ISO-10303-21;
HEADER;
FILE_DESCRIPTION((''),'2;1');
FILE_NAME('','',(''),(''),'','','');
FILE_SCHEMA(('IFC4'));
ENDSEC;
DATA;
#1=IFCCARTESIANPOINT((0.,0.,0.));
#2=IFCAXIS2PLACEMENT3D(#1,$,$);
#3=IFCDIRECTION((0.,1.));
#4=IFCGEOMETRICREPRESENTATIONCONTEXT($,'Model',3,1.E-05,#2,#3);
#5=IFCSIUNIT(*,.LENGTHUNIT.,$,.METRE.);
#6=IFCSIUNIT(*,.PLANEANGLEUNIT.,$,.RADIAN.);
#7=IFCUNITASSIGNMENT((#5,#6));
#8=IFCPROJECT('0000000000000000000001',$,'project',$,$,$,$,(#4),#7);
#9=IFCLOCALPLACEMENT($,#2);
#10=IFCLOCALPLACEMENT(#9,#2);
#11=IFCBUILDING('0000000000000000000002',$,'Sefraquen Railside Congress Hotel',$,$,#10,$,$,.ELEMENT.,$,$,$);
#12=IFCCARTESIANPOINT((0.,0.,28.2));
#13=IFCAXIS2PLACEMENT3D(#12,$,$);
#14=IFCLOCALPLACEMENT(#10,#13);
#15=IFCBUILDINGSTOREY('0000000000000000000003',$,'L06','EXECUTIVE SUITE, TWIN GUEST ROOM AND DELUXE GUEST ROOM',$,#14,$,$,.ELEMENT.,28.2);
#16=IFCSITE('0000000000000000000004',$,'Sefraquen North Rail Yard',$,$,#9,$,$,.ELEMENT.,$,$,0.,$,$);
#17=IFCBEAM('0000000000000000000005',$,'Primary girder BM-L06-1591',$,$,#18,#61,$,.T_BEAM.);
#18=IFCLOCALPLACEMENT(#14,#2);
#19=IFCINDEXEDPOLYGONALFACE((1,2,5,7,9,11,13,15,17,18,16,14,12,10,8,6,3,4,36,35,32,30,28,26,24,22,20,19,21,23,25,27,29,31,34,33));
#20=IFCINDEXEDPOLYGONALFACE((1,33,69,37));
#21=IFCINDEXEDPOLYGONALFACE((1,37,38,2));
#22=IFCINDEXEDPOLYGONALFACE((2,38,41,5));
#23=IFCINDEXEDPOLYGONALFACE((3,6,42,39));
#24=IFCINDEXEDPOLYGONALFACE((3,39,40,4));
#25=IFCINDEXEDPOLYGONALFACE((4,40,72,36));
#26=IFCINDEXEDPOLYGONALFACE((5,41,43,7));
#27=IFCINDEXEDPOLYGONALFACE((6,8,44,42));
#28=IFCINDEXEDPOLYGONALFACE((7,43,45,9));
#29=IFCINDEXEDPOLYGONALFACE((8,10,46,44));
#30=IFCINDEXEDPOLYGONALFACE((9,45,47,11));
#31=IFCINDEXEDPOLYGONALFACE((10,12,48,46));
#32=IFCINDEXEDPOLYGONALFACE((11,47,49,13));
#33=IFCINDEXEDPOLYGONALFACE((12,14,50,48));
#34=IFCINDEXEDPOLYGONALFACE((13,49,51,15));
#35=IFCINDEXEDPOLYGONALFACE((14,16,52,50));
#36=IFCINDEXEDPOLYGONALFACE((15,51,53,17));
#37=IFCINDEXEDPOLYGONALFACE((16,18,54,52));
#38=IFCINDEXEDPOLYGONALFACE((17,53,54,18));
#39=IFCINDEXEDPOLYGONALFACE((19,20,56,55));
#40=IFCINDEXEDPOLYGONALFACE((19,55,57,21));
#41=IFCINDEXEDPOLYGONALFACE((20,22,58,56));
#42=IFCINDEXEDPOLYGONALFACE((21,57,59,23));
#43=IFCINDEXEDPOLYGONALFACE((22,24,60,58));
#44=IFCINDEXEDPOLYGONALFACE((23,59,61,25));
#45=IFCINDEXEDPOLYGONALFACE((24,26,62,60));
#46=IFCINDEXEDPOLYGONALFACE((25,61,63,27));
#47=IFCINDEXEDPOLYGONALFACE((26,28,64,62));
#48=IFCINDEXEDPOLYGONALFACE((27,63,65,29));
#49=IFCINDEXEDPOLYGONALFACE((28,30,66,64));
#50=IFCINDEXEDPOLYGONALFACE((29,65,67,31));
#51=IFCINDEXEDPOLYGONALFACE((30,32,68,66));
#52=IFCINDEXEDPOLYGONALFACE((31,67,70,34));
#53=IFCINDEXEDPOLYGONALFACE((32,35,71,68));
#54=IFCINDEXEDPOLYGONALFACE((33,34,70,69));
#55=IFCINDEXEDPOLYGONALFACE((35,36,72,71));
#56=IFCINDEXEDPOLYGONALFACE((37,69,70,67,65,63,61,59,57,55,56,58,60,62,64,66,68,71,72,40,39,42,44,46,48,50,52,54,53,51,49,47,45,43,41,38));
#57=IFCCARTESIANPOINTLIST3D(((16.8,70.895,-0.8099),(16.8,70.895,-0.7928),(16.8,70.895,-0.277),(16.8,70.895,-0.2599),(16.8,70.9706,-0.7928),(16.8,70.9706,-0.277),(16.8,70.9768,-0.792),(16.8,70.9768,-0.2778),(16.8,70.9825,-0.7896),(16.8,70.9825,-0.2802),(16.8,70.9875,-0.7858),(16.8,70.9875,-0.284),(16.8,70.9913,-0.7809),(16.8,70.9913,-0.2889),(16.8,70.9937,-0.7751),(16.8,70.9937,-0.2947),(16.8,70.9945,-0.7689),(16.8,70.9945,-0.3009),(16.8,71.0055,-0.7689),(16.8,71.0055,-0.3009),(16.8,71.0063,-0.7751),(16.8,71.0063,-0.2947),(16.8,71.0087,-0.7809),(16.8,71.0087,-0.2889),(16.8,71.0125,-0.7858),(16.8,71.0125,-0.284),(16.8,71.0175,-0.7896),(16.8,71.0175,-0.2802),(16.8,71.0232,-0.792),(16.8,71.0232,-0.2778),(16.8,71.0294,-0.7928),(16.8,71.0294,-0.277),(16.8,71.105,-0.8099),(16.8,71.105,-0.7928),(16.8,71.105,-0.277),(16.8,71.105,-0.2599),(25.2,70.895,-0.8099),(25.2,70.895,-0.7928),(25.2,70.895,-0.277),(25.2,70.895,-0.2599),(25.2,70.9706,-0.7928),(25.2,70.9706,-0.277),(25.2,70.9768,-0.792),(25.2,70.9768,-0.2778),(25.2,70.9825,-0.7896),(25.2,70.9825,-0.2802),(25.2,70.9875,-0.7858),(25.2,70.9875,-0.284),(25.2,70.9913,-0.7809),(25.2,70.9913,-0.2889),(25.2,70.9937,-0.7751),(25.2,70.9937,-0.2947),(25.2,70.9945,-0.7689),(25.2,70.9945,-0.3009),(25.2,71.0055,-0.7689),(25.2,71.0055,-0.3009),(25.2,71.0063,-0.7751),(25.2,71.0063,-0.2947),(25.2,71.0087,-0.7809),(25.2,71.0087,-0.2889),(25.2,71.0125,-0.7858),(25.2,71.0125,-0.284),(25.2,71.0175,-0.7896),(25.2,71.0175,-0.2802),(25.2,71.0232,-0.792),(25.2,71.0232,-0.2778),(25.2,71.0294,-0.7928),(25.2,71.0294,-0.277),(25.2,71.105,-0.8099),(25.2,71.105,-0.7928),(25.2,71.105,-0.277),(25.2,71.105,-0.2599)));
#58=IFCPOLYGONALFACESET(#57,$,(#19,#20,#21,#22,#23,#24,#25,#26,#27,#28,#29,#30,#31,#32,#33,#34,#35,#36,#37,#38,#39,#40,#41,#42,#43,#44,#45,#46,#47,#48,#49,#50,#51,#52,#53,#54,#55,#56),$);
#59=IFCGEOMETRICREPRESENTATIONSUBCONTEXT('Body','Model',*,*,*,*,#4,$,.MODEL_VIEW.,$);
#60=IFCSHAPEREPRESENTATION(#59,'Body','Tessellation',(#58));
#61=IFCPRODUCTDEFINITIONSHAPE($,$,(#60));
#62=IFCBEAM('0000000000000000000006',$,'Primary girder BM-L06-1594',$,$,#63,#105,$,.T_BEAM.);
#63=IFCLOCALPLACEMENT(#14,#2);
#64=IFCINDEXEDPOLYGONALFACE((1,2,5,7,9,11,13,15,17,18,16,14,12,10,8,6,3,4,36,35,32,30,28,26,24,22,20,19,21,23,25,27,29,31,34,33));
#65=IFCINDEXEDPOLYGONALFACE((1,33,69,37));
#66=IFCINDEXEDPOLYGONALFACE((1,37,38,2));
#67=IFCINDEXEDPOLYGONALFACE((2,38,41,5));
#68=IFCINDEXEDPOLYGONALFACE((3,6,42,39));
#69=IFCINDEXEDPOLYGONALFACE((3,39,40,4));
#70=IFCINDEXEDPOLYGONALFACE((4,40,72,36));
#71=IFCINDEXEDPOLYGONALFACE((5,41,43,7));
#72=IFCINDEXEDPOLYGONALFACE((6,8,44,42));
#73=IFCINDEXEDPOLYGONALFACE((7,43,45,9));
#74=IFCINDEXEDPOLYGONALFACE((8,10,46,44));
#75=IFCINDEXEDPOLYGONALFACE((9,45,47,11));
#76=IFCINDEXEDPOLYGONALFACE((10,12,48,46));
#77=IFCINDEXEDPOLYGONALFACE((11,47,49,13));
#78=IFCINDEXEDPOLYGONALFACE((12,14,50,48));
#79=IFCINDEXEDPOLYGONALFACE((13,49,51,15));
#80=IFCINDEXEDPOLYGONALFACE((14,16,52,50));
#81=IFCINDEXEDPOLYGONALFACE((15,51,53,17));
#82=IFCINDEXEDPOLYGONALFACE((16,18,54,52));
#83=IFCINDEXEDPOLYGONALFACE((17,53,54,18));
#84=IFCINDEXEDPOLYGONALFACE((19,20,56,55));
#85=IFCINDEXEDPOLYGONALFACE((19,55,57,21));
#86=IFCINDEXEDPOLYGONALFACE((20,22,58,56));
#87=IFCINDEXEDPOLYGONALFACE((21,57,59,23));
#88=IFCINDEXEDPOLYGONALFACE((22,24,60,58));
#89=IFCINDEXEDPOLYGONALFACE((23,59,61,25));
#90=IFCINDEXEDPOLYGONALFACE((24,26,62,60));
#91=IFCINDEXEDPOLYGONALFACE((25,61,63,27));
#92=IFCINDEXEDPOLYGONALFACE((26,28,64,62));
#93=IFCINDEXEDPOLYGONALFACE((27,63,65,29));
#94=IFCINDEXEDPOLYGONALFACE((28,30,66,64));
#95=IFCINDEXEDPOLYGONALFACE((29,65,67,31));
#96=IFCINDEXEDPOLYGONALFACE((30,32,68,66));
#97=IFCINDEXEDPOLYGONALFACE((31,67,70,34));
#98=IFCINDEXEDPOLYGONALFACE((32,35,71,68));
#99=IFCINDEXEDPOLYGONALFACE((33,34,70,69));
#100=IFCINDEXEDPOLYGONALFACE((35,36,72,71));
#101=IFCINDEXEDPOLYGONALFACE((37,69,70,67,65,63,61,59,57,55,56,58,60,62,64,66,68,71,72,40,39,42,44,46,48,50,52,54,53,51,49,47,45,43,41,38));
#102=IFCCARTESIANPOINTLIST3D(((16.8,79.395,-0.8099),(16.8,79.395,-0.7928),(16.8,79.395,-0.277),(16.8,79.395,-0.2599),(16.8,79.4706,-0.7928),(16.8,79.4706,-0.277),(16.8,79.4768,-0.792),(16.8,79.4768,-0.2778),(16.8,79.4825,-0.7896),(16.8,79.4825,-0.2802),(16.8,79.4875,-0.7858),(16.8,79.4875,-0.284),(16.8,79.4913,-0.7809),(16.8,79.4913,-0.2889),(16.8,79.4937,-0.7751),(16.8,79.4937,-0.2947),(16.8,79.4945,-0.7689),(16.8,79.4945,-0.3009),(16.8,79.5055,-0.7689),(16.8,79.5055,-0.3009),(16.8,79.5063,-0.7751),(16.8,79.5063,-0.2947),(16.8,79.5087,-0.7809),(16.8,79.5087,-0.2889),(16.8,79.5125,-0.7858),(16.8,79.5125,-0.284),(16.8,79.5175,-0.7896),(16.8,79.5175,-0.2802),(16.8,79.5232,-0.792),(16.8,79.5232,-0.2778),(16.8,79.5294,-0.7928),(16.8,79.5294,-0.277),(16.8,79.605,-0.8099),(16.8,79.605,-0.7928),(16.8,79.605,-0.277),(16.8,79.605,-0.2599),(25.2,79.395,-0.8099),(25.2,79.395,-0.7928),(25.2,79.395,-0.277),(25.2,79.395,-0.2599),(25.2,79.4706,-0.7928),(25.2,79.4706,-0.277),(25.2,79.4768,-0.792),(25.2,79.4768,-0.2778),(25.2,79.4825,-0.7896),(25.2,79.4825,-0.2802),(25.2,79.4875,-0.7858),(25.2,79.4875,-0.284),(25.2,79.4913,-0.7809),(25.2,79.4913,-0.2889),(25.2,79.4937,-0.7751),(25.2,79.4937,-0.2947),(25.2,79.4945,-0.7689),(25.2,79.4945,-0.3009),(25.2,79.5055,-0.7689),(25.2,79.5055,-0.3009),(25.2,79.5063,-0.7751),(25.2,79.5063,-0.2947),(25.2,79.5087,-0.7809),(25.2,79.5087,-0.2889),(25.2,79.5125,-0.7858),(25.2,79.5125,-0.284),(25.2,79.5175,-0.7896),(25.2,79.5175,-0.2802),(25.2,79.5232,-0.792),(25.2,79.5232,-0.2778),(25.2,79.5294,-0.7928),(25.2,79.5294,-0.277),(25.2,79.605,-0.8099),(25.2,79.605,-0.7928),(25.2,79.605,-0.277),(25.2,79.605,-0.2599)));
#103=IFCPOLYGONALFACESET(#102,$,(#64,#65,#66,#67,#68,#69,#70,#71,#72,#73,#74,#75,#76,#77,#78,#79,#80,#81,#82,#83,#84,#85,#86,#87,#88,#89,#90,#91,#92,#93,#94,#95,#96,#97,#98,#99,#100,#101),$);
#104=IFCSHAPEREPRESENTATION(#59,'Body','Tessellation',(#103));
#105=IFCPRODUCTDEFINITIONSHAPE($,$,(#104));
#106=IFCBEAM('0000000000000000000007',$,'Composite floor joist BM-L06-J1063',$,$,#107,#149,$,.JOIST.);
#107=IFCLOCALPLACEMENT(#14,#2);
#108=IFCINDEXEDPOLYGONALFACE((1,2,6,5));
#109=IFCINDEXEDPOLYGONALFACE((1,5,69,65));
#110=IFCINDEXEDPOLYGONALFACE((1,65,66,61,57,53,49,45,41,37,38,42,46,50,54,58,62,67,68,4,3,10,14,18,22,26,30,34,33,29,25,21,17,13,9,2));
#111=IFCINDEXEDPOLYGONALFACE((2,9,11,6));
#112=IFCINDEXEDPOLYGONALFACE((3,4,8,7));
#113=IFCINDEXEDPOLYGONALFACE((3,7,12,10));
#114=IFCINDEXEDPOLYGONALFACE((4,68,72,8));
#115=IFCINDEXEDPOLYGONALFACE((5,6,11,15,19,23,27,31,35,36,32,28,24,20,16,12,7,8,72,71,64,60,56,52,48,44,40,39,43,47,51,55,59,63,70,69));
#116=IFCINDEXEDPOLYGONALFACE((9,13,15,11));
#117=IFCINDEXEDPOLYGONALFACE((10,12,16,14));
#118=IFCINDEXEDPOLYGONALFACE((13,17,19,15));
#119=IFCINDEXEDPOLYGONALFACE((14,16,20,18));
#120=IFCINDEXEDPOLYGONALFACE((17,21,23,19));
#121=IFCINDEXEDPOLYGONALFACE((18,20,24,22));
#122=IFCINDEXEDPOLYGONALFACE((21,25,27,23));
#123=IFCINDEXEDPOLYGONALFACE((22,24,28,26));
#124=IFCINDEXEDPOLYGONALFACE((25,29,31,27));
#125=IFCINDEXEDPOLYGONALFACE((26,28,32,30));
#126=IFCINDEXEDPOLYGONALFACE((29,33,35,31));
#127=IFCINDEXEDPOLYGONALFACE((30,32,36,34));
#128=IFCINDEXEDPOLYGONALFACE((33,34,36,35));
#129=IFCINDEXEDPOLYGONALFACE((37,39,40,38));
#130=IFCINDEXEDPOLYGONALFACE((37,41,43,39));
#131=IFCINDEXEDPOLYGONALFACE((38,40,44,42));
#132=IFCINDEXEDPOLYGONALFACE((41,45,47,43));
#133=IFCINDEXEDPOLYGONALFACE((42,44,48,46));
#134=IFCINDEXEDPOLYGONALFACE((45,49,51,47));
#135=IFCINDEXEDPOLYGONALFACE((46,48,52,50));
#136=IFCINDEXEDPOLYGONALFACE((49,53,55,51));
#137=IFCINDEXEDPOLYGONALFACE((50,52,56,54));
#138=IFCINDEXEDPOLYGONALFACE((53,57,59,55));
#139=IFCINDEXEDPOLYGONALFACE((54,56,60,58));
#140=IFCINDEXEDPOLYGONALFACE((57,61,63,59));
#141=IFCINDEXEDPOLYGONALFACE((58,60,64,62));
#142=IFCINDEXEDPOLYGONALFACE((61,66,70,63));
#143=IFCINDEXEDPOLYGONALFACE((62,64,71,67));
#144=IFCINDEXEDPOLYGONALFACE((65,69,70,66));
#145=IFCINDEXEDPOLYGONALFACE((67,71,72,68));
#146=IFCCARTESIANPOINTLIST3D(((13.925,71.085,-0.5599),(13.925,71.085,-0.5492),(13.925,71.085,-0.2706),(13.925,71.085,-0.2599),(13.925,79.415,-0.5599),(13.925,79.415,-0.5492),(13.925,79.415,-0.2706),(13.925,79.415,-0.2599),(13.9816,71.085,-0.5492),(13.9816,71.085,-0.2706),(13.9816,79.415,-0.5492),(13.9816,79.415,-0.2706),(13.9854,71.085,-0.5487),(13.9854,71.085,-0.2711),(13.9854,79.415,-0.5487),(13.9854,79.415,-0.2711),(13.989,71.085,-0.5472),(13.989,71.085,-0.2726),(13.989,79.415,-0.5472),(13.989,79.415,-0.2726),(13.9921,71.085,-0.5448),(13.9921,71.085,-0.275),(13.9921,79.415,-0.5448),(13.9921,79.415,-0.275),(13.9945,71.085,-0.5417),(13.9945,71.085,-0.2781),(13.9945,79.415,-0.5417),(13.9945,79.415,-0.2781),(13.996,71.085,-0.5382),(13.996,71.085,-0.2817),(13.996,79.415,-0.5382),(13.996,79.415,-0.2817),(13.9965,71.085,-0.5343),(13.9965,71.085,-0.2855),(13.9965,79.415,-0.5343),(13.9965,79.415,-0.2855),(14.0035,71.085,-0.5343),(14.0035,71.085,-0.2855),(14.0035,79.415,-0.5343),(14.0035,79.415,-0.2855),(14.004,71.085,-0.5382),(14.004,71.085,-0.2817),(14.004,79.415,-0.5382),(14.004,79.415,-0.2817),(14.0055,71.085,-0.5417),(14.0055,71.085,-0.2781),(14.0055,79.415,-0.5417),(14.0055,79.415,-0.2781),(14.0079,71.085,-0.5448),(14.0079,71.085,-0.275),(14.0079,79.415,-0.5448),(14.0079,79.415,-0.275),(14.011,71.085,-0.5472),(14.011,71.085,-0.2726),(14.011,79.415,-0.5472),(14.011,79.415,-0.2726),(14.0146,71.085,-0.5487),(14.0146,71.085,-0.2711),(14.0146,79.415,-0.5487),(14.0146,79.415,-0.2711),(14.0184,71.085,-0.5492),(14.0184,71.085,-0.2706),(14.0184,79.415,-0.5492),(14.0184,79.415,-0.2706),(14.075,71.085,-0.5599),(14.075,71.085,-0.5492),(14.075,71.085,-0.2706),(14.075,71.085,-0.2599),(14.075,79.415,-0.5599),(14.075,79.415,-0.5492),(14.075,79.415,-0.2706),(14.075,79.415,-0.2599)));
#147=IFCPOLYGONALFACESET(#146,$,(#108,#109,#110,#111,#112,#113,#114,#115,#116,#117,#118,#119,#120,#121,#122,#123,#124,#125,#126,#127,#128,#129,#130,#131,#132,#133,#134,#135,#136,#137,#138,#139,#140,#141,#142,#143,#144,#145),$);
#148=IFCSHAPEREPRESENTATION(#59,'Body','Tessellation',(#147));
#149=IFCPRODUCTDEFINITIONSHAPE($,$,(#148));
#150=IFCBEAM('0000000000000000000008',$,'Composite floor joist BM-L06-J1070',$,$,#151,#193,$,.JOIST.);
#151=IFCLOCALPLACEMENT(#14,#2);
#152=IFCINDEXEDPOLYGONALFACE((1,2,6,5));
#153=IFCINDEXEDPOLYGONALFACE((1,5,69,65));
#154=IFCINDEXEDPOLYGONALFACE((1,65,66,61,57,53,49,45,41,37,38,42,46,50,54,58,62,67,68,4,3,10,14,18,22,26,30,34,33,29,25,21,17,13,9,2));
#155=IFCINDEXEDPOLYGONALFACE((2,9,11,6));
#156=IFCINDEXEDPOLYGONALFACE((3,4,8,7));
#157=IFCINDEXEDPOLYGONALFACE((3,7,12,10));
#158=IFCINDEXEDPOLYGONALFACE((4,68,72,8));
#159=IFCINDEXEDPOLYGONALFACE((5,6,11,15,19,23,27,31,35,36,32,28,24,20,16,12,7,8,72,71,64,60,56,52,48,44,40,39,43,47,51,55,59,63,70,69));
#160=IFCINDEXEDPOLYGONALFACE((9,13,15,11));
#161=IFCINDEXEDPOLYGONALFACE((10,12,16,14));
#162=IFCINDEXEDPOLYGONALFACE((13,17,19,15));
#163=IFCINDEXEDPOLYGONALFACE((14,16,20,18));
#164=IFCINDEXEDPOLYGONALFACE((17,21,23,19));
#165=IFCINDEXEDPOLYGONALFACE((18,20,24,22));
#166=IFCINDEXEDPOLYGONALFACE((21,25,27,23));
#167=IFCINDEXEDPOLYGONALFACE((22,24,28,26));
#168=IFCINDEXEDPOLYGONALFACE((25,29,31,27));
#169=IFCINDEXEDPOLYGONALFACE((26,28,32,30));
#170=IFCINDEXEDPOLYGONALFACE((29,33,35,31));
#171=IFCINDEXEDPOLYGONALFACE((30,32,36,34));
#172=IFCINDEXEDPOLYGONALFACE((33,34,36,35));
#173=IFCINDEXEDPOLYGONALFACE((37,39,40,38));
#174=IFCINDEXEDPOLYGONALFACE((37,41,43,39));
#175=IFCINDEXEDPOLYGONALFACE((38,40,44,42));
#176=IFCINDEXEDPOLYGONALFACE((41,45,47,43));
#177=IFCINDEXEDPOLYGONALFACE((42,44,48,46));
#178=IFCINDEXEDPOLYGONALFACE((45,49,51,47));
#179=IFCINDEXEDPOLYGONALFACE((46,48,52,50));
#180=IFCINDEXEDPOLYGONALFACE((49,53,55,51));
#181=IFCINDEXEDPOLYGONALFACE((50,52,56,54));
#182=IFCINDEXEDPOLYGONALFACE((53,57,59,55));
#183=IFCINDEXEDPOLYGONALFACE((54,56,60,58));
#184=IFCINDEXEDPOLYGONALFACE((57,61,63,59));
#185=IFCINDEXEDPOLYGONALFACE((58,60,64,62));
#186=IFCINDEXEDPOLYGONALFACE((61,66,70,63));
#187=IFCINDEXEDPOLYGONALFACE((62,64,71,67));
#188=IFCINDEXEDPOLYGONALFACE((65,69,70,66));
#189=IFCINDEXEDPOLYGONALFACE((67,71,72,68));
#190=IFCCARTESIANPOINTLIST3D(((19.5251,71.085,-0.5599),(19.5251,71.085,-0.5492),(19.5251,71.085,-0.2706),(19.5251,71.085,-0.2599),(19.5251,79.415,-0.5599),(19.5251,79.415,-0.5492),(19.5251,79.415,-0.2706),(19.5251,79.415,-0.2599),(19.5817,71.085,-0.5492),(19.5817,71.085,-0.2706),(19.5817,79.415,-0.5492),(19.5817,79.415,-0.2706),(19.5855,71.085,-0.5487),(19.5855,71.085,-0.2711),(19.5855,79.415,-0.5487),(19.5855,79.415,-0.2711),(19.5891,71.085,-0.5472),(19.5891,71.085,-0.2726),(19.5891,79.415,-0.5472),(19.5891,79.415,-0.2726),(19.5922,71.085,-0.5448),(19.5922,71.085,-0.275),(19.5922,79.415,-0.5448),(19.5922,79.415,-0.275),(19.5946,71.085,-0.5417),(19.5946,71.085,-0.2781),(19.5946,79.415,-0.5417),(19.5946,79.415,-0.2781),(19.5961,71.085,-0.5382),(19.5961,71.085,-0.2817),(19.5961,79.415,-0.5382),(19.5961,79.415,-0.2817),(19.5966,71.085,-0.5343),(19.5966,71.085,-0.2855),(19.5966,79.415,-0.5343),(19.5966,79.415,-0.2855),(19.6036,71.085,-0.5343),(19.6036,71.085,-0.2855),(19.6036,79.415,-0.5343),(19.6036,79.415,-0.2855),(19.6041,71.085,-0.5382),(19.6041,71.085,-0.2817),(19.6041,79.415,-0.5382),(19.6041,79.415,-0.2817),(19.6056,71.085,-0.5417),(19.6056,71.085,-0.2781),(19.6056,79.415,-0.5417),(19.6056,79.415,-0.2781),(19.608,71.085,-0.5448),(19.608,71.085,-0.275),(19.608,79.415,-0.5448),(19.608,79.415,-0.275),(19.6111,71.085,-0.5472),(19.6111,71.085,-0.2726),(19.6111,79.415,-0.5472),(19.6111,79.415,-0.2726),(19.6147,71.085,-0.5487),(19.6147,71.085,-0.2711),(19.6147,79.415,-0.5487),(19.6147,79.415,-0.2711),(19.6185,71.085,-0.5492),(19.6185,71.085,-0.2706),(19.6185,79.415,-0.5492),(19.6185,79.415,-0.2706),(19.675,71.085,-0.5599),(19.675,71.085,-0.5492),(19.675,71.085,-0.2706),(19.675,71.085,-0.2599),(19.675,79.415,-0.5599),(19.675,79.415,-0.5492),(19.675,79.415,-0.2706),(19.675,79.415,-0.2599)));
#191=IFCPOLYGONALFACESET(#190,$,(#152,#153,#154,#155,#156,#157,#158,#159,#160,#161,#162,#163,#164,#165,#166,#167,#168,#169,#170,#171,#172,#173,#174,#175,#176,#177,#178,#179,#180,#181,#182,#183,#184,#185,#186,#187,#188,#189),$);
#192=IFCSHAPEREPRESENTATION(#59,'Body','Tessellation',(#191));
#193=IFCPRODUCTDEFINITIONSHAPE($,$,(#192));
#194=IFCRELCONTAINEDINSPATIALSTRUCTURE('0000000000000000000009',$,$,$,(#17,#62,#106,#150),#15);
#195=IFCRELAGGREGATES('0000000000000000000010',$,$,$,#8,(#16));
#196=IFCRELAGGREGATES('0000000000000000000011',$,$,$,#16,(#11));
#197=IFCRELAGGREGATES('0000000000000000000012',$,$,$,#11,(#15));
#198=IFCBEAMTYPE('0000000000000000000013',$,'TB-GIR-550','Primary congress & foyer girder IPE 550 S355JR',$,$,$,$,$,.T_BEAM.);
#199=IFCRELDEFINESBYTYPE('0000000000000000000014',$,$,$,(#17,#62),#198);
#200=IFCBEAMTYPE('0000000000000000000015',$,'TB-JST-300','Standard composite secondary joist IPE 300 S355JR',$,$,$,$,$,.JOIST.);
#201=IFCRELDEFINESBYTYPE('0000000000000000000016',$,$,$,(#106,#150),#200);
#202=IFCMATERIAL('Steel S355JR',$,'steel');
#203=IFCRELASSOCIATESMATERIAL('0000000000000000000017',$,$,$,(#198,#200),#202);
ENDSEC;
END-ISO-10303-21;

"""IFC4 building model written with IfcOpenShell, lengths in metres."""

from ifc_helpers import new_model, si_unit, direction, frame, origin, origin_2d, place, context, subcontext, project, spatial, i_section, extrude, material, material_profile, profile_set, type_object, element, save


model = new_model("IFC4")

# Units and contexts
model_context = context("Model", 3, precision=1e-05, world=origin(), true_north=direction((0.0, 1.0)))
body_context = subcontext(model_context, "Body", "Model", "MODEL_VIEW")
ifc_project = project(units=[si_unit("LENGTHUNIT", "METRE"), si_unit("PLANEANGLEUNIT", "RADIAN")], contexts=[model_context])

# Site, building, storey
site_placement = place(None, origin())
site = spatial("IfcSite", under=ifc_project, at=site_placement, Name="Sefraquen North Rail Yard", CompositionType="ELEMENT", RefElevation=0.0)
building_placement = place(site_placement, origin())
building = spatial("IfcBuilding", under=site, at=building_placement, Name="Sefraquen Railside Congress Hotel", CompositionType="ELEMENT")
storey_placement = place(building_placement, frame((0.0, 0.0, 28.2)))
storey = spatial("IfcBuildingStorey", under=building, at=storey_placement, Name="L06", Description="EXECUTIVE SUITE, TWIN GUEST ROOM AND DELUXE GUEST ROOM", CompositionType="ELEMENT", Elevation=28.2)

# Shared definitions
ifc_material_1 = material(Name="Steel S355JR", Category="steel")

# Beams
ifc_material_profile_1 = material_profile(ifc_material_1, i_section(OverallWidth=0.21, OverallDepth=0.55, WebThickness=0.011, FlangeThickness=0.0171, FilletRadius=0.0239, at=origin_2d()), Name="IPE 550")
ifc_profile_set_1 = profile_set([ifc_material_profile_1], Name="Steel S355JR")
beam_type_1 = type_object("IfcBeamType", Name="TB-GIR-550", Description="Primary congress & foyer girder IPE 550 S355JR", PredefinedType="T_BEAM", material=ifc_profile_set_1)
for number, where, z_axis, x_axis, name in (
    (1, (16.8, 71.0, -0.5349), (1.0, 0.0, 0.0), (0.0, 1.0, 0.0), "Primary girder BM-L06-1591"),
    (2, (16.8, 79.5, -0.5349), (1.0, 0.0, 0.0), (0.0, 1.0, 0.0), "Primary girder BM-L06-1594"),
):
    element("IfcBeam", number, at=place(storey_placement, frame(where, z_axis=z_axis, x_axis=x_axis)), inside=storey, type_object=beam_type_1, Name=name, PredefinedType="T_BEAM", context=body_context, shape_type="SweptSolid", body=[
        extrude(i_section(OverallWidth=0.21, OverallDepth=0.55, WebThickness=0.011, FlangeThickness=0.0171, FilletRadius=0.0239, at=origin_2d()), origin(), (0.0, 0.0, 1.0), 8.3999),
    ])
ifc_material_profile_2 = material_profile(ifc_material_1, i_section(OverallWidth=0.1499, OverallDepth=0.3, WebThickness=0.0071, FlangeThickness=0.0107, FilletRadius=0.0149, at=origin_2d()), Name="IPE 300")
ifc_profile_set_2 = profile_set([ifc_material_profile_2], Name="Steel S355JR")
beam_type_2 = type_object("IfcBeamType", Name="TB-JST-300", Description="Standard composite secondary joist IPE 300 S355JR", PredefinedType="JOIST", material=ifc_profile_set_2)
for number, where, z_axis, x_axis, name in (
    (3, (14.0, 71.085, -0.4099), (0.0, 1.0, 0.0), (-1.0, 0.0, 0.0), "Composite floor joist BM-L06-J1063"),
    (4, (19.6001, 71.085, -0.4099), (0.0, 1.0, 0.0), (-1.0, 0.0, 0.0), "Composite floor joist BM-L06-J1070"),
):
    element("IfcBeam", number, at=place(storey_placement, frame(where, z_axis=z_axis, x_axis=x_axis)), inside=storey, type_object=beam_type_2, Name=name, PredefinedType="JOIST", context=body_context, shape_type="SweptSolid", body=[
        extrude(i_section(OverallWidth=0.1499, OverallDepth=0.3, WebThickness=0.0071, FlangeThickness=0.0107, FilletRadius=0.0149, at=origin_2d()), origin(), (0.0, 0.0, 1.0), 8.3301),
    ])

save(model, "model.ifc")
